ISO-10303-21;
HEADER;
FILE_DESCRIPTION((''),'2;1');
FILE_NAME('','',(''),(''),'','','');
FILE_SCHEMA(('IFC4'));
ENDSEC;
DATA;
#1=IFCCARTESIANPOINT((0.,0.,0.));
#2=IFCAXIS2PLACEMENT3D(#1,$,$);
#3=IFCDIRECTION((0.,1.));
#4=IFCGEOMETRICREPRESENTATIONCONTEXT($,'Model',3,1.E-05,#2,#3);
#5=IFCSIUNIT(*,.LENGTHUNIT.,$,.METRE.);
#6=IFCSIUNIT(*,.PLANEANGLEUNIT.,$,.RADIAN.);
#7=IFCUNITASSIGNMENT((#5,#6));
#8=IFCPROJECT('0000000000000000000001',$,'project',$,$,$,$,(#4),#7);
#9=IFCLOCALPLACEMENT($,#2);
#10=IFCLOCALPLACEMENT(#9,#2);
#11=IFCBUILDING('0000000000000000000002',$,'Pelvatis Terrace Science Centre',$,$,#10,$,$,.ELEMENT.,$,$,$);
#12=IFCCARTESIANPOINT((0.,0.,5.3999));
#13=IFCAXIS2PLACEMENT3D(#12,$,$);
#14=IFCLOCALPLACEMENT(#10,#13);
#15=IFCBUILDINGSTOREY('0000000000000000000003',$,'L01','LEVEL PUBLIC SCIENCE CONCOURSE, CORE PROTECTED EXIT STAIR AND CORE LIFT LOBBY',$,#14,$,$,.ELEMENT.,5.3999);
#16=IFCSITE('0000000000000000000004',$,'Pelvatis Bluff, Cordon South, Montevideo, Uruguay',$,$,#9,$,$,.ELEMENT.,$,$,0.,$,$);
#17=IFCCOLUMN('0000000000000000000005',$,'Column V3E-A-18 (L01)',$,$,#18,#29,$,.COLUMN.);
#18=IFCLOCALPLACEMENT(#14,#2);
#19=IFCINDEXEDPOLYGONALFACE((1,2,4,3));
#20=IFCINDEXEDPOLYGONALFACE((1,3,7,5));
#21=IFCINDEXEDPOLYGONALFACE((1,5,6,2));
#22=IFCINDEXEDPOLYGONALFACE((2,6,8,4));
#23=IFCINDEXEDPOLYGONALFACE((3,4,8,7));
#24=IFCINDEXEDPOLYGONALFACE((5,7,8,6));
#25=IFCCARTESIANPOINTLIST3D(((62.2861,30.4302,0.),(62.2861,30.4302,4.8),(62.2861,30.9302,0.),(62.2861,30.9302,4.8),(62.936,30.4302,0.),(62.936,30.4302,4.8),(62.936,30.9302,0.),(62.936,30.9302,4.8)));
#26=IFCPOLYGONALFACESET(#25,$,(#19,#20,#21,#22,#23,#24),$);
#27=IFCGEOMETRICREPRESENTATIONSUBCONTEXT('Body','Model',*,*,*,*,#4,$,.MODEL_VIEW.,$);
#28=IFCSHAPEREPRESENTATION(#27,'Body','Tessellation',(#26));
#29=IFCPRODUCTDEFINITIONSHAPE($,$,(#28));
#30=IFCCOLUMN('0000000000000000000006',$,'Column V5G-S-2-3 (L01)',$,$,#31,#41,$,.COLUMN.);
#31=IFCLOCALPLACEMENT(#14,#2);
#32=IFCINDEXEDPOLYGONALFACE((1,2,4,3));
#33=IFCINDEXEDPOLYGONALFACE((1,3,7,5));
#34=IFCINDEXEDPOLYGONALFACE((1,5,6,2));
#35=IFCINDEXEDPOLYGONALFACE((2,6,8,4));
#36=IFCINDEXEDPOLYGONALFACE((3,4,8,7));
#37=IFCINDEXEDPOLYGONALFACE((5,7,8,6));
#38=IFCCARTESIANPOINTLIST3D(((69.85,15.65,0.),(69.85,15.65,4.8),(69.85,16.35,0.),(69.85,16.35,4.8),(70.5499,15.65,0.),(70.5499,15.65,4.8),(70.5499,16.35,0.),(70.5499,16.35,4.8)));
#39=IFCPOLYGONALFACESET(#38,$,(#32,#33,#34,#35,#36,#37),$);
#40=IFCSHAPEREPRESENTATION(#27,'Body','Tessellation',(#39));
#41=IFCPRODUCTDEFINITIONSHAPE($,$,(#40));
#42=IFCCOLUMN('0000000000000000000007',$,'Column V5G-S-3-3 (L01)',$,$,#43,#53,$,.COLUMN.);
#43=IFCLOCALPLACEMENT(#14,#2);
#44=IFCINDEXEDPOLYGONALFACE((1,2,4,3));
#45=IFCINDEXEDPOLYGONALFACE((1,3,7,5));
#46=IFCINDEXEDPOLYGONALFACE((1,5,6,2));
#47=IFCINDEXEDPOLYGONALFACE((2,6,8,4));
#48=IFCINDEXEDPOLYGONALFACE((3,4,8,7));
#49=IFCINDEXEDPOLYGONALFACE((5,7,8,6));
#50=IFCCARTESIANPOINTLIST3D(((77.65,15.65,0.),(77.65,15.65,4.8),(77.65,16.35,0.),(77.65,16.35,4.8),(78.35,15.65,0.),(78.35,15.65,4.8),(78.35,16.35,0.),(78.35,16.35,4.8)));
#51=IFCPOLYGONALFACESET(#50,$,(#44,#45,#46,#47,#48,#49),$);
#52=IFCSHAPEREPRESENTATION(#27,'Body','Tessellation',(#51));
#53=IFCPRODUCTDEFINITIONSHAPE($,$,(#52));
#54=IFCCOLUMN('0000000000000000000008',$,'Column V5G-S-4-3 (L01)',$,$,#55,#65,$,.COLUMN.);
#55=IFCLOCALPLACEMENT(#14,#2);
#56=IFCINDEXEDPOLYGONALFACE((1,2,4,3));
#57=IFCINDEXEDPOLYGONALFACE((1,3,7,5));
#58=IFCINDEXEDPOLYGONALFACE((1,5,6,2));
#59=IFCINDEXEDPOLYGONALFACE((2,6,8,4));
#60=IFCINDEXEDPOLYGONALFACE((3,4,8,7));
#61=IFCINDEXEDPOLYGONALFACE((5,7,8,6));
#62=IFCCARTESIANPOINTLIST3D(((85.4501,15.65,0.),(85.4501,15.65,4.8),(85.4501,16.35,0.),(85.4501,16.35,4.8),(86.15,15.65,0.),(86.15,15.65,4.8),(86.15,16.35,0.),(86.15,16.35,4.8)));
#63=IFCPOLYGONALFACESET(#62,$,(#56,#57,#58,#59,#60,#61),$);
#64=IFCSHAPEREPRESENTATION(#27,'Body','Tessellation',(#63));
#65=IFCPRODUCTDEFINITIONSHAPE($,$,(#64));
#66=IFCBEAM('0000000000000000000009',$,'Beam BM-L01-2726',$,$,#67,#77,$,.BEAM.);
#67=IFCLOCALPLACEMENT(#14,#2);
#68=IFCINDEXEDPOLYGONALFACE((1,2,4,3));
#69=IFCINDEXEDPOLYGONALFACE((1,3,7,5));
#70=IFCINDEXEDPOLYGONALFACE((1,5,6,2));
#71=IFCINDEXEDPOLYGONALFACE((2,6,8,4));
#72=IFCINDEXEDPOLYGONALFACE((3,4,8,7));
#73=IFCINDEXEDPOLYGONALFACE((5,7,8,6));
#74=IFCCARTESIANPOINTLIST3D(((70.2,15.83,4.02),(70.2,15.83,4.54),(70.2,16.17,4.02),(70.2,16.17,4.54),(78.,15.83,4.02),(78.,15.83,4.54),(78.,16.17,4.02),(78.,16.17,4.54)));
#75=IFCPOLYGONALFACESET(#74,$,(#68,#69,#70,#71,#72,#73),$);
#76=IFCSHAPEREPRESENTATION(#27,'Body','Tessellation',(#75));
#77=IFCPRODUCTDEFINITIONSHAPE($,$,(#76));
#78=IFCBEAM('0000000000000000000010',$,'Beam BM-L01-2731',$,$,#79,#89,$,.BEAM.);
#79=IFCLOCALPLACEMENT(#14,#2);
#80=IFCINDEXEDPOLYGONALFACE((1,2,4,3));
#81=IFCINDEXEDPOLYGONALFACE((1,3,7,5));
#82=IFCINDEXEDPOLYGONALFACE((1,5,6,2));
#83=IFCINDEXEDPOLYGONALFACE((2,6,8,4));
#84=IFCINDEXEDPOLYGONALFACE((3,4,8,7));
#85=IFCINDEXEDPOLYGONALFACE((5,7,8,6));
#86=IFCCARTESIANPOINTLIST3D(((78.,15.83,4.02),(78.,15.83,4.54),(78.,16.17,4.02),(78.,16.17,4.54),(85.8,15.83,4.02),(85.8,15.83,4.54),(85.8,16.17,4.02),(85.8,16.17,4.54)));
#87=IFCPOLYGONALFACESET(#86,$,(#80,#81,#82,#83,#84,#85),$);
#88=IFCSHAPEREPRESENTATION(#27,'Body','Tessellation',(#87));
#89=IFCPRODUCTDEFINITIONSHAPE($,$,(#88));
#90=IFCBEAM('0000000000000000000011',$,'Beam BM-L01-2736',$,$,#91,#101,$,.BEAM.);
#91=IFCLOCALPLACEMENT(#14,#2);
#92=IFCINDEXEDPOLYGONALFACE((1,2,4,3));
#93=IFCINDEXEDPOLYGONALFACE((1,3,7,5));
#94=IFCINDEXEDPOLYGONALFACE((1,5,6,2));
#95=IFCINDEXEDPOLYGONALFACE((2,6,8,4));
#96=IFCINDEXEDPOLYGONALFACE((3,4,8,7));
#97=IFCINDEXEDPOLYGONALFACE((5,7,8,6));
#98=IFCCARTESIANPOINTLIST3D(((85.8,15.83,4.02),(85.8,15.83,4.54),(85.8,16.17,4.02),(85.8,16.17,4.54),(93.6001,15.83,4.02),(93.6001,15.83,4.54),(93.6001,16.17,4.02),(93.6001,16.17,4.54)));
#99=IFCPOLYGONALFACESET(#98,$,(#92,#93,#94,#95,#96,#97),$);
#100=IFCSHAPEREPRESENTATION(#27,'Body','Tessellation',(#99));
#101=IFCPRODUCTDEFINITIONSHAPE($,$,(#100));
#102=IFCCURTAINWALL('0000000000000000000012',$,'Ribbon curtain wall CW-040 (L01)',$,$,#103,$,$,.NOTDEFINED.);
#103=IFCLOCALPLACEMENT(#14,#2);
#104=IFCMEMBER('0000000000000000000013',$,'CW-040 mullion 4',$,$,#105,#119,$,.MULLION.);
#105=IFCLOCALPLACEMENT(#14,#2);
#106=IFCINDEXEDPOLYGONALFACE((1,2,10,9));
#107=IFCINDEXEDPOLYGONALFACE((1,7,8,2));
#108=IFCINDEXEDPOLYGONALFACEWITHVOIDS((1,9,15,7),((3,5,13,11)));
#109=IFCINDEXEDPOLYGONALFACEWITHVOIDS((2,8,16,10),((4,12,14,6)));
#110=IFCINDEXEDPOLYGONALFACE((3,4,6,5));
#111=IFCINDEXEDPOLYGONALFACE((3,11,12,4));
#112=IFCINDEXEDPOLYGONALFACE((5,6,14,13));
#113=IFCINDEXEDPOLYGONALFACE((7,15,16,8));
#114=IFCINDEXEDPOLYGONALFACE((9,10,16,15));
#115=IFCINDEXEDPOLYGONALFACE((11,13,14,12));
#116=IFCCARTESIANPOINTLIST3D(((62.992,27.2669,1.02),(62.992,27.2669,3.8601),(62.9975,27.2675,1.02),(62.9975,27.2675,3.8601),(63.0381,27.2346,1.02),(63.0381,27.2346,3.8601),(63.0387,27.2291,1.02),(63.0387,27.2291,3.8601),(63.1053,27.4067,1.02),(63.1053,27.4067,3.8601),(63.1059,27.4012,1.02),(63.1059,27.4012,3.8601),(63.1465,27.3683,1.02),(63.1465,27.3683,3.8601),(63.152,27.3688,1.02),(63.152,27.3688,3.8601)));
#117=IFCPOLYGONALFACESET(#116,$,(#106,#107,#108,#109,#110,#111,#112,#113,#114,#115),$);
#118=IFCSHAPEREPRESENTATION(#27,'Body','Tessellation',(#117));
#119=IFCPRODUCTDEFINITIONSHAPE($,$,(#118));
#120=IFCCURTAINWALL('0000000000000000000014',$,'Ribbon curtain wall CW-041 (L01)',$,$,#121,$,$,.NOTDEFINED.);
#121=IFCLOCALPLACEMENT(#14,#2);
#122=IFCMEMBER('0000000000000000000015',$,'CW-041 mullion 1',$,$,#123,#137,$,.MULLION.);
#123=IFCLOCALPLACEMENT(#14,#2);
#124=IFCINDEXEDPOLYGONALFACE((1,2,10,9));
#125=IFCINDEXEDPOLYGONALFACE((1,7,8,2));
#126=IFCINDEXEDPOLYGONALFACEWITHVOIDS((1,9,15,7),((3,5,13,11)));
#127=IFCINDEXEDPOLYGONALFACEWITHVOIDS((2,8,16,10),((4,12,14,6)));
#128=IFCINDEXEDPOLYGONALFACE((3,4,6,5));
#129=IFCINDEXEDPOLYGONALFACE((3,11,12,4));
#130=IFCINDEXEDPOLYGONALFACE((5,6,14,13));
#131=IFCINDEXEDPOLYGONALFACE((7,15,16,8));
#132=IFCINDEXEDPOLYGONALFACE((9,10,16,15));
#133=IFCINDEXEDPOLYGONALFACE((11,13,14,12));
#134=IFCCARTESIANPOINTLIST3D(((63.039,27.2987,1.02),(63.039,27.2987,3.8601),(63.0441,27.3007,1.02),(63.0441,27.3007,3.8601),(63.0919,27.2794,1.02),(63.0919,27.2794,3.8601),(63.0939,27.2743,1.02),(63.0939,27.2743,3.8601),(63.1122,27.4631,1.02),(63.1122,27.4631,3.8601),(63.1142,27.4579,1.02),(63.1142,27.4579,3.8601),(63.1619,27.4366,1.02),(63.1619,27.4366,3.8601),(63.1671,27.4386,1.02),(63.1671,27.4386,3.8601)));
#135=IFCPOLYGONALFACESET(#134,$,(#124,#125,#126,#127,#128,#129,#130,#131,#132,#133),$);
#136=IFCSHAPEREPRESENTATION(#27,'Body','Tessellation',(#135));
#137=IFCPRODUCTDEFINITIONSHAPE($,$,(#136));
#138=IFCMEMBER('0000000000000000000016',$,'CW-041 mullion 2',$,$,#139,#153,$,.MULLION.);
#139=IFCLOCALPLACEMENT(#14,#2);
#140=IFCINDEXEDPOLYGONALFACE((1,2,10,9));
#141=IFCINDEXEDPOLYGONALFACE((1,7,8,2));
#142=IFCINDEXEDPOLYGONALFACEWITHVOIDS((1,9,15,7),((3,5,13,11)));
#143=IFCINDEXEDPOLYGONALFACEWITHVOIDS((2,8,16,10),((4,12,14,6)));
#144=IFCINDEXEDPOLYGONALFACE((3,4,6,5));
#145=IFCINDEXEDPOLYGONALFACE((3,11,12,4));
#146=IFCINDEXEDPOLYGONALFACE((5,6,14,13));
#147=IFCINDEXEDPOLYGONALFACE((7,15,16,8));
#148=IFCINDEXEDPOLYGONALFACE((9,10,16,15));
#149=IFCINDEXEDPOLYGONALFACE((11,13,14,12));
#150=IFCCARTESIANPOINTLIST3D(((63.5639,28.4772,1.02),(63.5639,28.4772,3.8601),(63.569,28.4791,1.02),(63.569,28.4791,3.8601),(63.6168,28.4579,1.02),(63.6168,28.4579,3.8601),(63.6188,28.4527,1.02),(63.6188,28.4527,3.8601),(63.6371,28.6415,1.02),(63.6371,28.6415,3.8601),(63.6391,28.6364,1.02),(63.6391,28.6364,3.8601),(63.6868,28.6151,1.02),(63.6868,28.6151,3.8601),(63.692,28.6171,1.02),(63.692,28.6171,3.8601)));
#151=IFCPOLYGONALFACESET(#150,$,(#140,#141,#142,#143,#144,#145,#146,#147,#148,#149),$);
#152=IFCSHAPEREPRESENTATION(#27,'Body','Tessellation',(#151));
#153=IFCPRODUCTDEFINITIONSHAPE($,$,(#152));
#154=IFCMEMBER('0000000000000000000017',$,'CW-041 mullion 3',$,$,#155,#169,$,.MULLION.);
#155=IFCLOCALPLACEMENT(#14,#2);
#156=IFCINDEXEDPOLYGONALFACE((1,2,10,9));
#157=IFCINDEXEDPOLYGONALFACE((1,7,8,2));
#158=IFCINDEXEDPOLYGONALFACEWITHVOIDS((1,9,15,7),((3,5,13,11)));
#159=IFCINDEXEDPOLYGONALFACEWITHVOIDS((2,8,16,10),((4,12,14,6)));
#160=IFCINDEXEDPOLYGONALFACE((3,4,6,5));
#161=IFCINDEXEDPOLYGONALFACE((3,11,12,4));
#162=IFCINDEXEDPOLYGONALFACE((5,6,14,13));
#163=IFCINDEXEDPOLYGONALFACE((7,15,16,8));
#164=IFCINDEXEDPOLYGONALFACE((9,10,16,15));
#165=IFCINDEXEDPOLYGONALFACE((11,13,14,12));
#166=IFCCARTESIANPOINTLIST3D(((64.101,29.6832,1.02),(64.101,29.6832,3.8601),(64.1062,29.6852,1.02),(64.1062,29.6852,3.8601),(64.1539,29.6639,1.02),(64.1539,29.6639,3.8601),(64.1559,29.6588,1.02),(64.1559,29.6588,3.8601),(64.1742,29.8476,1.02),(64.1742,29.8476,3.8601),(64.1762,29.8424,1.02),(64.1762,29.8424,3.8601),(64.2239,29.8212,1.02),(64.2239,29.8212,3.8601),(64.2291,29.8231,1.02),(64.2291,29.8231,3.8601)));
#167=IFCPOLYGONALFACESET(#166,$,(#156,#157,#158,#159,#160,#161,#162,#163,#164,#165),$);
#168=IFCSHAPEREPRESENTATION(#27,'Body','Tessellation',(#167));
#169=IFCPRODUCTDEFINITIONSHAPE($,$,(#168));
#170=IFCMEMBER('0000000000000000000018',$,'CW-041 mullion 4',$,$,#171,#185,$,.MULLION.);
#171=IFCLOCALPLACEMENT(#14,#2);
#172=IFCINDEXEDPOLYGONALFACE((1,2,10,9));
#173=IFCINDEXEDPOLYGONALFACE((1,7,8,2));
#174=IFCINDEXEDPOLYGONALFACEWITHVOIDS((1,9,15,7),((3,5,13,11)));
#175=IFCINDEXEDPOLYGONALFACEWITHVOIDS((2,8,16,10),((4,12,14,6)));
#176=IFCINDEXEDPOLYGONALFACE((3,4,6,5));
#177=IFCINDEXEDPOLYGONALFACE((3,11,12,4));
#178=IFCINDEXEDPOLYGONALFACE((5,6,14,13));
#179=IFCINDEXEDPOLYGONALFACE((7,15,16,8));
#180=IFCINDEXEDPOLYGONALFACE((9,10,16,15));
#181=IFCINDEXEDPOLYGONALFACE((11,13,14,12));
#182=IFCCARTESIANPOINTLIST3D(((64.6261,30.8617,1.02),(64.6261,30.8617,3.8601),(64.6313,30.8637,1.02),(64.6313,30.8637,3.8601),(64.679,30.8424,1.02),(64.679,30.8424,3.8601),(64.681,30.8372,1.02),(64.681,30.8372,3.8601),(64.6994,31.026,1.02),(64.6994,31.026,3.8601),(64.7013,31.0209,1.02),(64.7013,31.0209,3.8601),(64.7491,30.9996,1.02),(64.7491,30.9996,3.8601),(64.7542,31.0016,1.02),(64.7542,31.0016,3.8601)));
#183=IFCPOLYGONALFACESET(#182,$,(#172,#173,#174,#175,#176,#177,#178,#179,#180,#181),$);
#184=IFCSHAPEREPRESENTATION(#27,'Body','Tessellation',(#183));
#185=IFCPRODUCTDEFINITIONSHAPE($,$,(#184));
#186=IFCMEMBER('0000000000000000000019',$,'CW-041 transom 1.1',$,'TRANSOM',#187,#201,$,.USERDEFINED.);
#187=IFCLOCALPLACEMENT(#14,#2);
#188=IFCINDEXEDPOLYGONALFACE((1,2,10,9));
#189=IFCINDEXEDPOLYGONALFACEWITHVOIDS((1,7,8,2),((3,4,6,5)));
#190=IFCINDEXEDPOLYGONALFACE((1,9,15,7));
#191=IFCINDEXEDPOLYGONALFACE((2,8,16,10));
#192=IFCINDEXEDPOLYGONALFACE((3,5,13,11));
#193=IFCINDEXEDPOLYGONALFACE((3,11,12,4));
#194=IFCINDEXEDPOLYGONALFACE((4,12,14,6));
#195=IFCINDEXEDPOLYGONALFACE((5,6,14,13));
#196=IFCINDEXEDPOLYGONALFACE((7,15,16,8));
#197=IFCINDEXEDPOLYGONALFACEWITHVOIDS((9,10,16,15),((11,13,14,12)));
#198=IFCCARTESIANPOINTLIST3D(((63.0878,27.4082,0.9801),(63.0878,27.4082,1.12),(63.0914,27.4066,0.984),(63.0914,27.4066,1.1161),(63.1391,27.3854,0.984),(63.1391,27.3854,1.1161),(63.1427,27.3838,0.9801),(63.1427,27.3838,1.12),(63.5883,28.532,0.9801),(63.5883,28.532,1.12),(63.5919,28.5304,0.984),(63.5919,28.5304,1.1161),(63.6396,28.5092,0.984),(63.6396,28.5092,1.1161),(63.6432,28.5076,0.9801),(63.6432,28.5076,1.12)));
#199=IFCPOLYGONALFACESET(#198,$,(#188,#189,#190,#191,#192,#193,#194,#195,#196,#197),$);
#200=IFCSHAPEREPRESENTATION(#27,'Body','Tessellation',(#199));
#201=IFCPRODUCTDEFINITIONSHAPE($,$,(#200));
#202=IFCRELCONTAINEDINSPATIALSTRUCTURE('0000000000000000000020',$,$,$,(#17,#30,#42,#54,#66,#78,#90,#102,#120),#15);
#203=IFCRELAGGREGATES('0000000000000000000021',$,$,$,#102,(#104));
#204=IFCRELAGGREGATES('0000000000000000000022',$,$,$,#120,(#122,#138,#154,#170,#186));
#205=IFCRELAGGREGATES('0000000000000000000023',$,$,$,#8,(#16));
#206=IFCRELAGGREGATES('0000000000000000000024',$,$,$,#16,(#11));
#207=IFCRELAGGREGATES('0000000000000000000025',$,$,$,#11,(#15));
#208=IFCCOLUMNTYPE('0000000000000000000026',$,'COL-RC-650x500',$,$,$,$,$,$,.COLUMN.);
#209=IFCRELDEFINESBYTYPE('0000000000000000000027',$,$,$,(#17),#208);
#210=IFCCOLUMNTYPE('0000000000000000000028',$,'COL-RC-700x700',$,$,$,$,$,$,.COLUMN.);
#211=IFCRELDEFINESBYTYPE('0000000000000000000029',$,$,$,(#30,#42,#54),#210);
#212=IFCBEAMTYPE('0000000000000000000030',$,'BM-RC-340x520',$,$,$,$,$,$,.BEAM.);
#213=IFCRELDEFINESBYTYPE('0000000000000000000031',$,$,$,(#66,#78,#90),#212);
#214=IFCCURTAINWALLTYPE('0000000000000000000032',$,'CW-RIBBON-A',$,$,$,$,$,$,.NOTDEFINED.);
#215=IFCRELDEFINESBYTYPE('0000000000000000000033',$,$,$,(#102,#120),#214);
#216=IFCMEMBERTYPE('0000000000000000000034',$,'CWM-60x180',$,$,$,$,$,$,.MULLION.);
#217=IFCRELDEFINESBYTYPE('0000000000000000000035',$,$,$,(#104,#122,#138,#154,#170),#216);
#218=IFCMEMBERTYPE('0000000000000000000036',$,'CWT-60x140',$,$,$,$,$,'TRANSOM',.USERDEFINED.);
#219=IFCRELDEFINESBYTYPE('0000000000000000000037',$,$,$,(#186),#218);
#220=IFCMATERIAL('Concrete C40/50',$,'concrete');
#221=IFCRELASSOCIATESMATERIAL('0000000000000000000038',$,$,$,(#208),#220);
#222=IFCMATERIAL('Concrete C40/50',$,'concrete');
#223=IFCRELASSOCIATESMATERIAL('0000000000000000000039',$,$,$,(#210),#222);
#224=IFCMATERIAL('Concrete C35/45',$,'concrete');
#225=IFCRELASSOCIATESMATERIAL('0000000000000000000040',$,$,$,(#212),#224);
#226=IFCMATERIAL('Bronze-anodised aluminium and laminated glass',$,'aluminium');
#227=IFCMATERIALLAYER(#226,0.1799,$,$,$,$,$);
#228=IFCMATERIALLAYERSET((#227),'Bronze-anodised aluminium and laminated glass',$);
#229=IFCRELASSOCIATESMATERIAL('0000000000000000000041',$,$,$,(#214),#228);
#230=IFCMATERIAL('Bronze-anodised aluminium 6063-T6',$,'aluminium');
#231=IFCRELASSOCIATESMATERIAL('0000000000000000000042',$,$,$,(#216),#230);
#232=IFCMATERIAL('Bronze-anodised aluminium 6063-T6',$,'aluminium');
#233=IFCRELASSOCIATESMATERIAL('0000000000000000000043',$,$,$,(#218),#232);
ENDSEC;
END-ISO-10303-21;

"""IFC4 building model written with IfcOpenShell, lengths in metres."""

from ifc_helpers import new_model, si_unit, direction, frame, origin, origin_2d, place, context, subcontext, project, spatial, rectangle, hollow_rectangle, extrude, material, layer, layer_set, material_profile, profile_set, type_object, element, aggregate, save


model = new_model("IFC4")

# Units and contexts
model_context = context("Model", 3, precision=1e-05, world=origin(), true_north=direction((0.0, 1.0)))
body_context = subcontext(model_context, "Body", "Model", "MODEL_VIEW")
ifc_project = project(units=[si_unit("LENGTHUNIT", "METRE"), si_unit("PLANEANGLEUNIT", "RADIAN")], contexts=[model_context])

# Site, building, storey
site_placement = place(None, origin())
site = spatial("IfcSite", under=ifc_project, at=site_placement, Name="Pelvatis Bluff, Cordon South, Montevideo, Uruguay", CompositionType="ELEMENT", RefElevation=0.0)
building_placement = place(site_placement, origin())
building = spatial("IfcBuilding", under=site, at=building_placement, Name="Pelvatis Terrace Science Centre", CompositionType="ELEMENT")
storey_placement = place(building_placement, frame((0.0, 0.0, 5.3999)))
storey = spatial("IfcBuildingStorey", under=building, at=storey_placement, Name="L01", Description="LEVEL PUBLIC SCIENCE CONCOURSE, CORE PROTECTED EXIT STAIR AND CORE LIFT LOBBY", CompositionType="ELEMENT", Elevation=5.3999)

# Columns
ifc_material_1 = material(Name="Concrete C40/50", Category="concrete")
ifc_material_profile_1 = material_profile(ifc_material_1, rectangle(XDim=0.6499, YDim=0.5, at=origin_2d()), Name="RC-COL 650x500")
ifc_profile_set_1 = profile_set([ifc_material_profile_1], Name="Concrete C40/50")
column_type_1 = type_object("IfcColumnType", Name="COL-RC-650x500", PredefinedType="COLUMN", material=ifc_profile_set_1)
column_placement = place(storey_placement, frame((62.6111, 30.6802, 0.0), z_axis=(0.0, 0.0, 1.0), x_axis=(1.0, 0.0, 0.0)))
element("IfcColumn", 1, at=column_placement, inside=storey, type_object=column_type_1, Name="Column V3E-A-18 (L01)", PredefinedType="COLUMN", context=body_context, shape_type="SweptSolid", body=[
    extrude(rectangle(XDim=0.6499, YDim=0.5, at=origin_2d()), origin(), (0.0, 0.0, 1.0), 4.8),
])
ifc_material_2 = material(Name="Concrete C40/50", Category="concrete")
ifc_material_profile_2 = material_profile(ifc_material_2, rectangle(XDim=0.7, YDim=0.7, at=origin_2d()), Name="RC-COL 700x700")
ifc_profile_set_2 = profile_set([ifc_material_profile_2], Name="Concrete C40/50")
column_type_2 = type_object("IfcColumnType", Name="COL-RC-700x700", PredefinedType="COLUMN", material=ifc_profile_set_2)
for number, where, z_axis, x_axis, name in (
    (2, (70.2, 16.0, 0.0), (0.0, 0.0, 1.0), (1.0, 0.0, 0.0), "Column V5G-S-2-3 (L01)"),
    (3, (78.0, 16.0, 0.0), (0.0, 0.0, 1.0), (1.0, 0.0, 0.0), "Column V5G-S-3-3 (L01)"),
    (4, (85.8, 16.0, 0.0), (0.0, 0.0, 1.0), (1.0, 0.0, 0.0), "Column V5G-S-4-3 (L01)"),
):
    element("IfcColumn", number, at=place(storey_placement, frame(where, z_axis=z_axis, x_axis=x_axis)), inside=storey, type_object=column_type_2, Name=name, PredefinedType="COLUMN", context=body_context, shape_type="SweptSolid", body=[
        extrude(rectangle(XDim=0.7, YDim=0.7, at=origin_2d()), origin(), (0.0, 0.0, 1.0), 4.8),
    ])

# Beams
ifc_material_3 = material(Name="Concrete C35/45", Category="concrete")
ifc_material_profile_3 = material_profile(ifc_material_3, rectangle(XDim=0.3401, YDim=0.52, at=origin_2d()), Name="RC-BM 340x520")
ifc_profile_set_3 = profile_set([ifc_material_profile_3], Name="Concrete C35/45")
beam_type_1 = type_object("IfcBeamType", Name="BM-RC-340x520", PredefinedType="BEAM", material=ifc_profile_set_3)
for number, where, z_axis, x_axis, name in (
    (5, (70.2, 16.0, 4.28), (1.0, 0.0, 0.0), (0.0, 1.0, 0.0), "Beam BM-L01-2726"),
    (6, (78.0, 16.0, 4.28), (1.0, 0.0, 0.0), (0.0, 1.0, 0.0), "Beam BM-L01-2731"),
    (7, (85.8, 16.0, 4.28), (1.0, 0.0, 0.0), (0.0, 1.0, 0.0), "Beam BM-L01-2736"),
):
    element("IfcBeam", number, at=place(storey_placement, frame(where, z_axis=z_axis, x_axis=x_axis)), inside=storey, type_object=beam_type_1, Name=name, PredefinedType="BEAM", context=body_context, shape_type="SweptSolid", body=[
        extrude(rectangle(XDim=0.3401, YDim=0.52, at=origin_2d()), origin(), (0.0, 0.0, 1.0), 7.8),
    ])

# Curtain wall, member
ifc_material_4 = material(Name="Bronze-anodised aluminium and laminated glass", Category="aluminium")
ifc_layer_1 = layer(ifc_material_4, 0.1799)
ifc_layer_set_1 = layer_set([ifc_layer_1], Name="Bronze-anodised aluminium and laminated glass")
curtain_wall_type = type_object("IfcCurtainWallType", Name="CW-RIBBON-A", PredefinedType="NOTDEFINED", material=ifc_layer_set_1)
curtain_wall_1_placement = place(storey_placement, origin())
curtain_wall_1 = element("IfcCurtainWall", 8, at=curtain_wall_1_placement, inside=storey, type_object=curtain_wall_type, Name="Ribbon curtain wall CW-040 (L01)", PredefinedType="NOTDEFINED")
ifc_material_5 = material(Name="Bronze-anodised aluminium 6063-T6", Category="aluminium")
ifc_material_profile_4 = material_profile(ifc_material_5, hollow_rectangle(XDim=0.0601, YDim=0.1799, WallThickness=0.0039, at=origin_2d()), Name="ALU-MUL 60x180")
ifc_profile_set_4 = profile_set([ifc_material_profile_4], Name="Bronze-anodised aluminium 6063-T6")
member_type_1 = type_object("IfcMemberType", Name="CWM-60x180", PredefinedType="MULLION", material=ifc_profile_set_4)
member_1_placement = place(storey_placement, frame((63.072, 27.3179, 1.02), z_axis=(0.0, 0.0, 1.0), x_axis=(-0.776811, 0.629734, 0.0)))
member_1 = element("IfcMember", 9, at=member_1_placement, type_object=member_type_1, Name="CW-040 mullion 4", PredefinedType="MULLION", context=body_context, shape_type="SweptSolid", body=[
    extrude(hollow_rectangle(XDim=0.0601, YDim=0.1799, WallThickness=0.0039, at=origin_2d()), origin(), (0.0, 0.0, 1.0), 2.8401),
])

# Curtain wall, members
curtain_wall_2_placement = place(storey_placement, origin())
curtain_wall_2 = element("IfcCurtainWall", 10, at=curtain_wall_2_placement, inside=storey, type_object=curtain_wall_type, Name="Ribbon curtain wall CW-041 (L01)", PredefinedType="NOTDEFINED")
member_2_placement = place(storey_placement, frame((63.103, 27.3687, 1.02), z_axis=(0.0, 0.0, 1.0), x_axis=(-0.913475, 0.406895, 0.0)))
member_2 = element("IfcMember", 11, at=member_2_placement, type_object=member_type_1, Name="CW-041 mullion 1", PredefinedType="MULLION", context=body_context, shape_type="SweptSolid", body=[
    extrude(hollow_rectangle(XDim=0.0601, YDim=0.1799, WallThickness=0.0039, at=origin_2d()), origin(), (0.0, 0.0, 1.0), 2.8401),
])
member_3_placement = place(storey_placement, frame((63.6279, 28.5471, 1.02), z_axis=(0.0, 0.0, 1.0), x_axis=(-0.913475, 0.406895, 0.0)))
member_3 = element("IfcMember", 12, at=member_3_placement, type_object=member_type_1, Name="CW-041 mullion 2", PredefinedType="MULLION", context=body_context, shape_type="SweptSolid", body=[
    extrude(hollow_rectangle(XDim=0.0601, YDim=0.1799, WallThickness=0.0039, at=origin_2d()), origin(), (0.0, 0.0, 1.0), 2.8401),
])
member_4_placement = place(storey_placement, frame((64.165, 29.7532, 1.02), z_axis=(0.0, 0.0, 1.0), x_axis=(-0.913475, 0.406895, 0.0)))
member_4 = element("IfcMember", 13, at=member_4_placement, type_object=member_type_1, Name="CW-041 mullion 3", PredefinedType="MULLION", context=body_context, shape_type="SweptSolid", body=[
    extrude(hollow_rectangle(XDim=0.0601, YDim=0.1799, WallThickness=0.0039, at=origin_2d()), origin(), (0.0, 0.0, 1.0), 2.8401),
])
member_5_placement = place(storey_placement, frame((64.6902, 30.9316, 1.02), z_axis=(0.0, 0.0, 1.0), x_axis=(-0.913475, 0.406895, 0.0)))
member_5 = element("IfcMember", 14, at=member_5_placement, type_object=member_type_1, Name="CW-041 mullion 4", PredefinedType="MULLION", context=body_context, shape_type="SweptSolid", body=[
    extrude(hollow_rectangle(XDim=0.0601, YDim=0.1799, WallThickness=0.0039, at=origin_2d()), origin(), (0.0, 0.0, 1.0), 2.8401),
])
ifc_material_6 = material(Name="Bronze-anodised aluminium 6063-T6", Category="aluminium")
ifc_material_profile_5 = material_profile(ifc_material_6, hollow_rectangle(XDim=0.0601, YDim=0.1399, WallThickness=0.0039, at=origin_2d()), Name="ALU-TRN 60x140")
ifc_profile_set_5 = profile_set([ifc_material_profile_5], Name="Bronze-anodised aluminium 6063-T6")
member_type_2 = type_object("IfcMemberType", Name="CWT-60x140", ElementType="TRANSOM", PredefinedType="USERDEFINED", material=ifc_profile_set_5)
member_6_placement = place(storey_placement, frame((63.1152, 27.396, 1.05), z_axis=(0.406838, 0.9135, 0.0), x_axis=(-0.9135, 0.406838, 0.0)))
member_6 = element("IfcMember", 15, at=member_6_placement, type_object=member_type_2, Name="CW-041 transom 1.1", ObjectType="TRANSOM", PredefinedType="USERDEFINED", context=body_context, shape_type="SweptSolid", body=[
    extrude(hollow_rectangle(XDim=0.0601, YDim=0.1399, WallThickness=0.0039, at=origin_2d()), origin(), (0.0, 0.0, 1.0), 1.2302),
])

aggregate(curtain_wall_1, [member_1])
aggregate(curtain_wall_2, [member_2, member_3, member_4, member_5, member_6])

save(model, "model.ifc")
